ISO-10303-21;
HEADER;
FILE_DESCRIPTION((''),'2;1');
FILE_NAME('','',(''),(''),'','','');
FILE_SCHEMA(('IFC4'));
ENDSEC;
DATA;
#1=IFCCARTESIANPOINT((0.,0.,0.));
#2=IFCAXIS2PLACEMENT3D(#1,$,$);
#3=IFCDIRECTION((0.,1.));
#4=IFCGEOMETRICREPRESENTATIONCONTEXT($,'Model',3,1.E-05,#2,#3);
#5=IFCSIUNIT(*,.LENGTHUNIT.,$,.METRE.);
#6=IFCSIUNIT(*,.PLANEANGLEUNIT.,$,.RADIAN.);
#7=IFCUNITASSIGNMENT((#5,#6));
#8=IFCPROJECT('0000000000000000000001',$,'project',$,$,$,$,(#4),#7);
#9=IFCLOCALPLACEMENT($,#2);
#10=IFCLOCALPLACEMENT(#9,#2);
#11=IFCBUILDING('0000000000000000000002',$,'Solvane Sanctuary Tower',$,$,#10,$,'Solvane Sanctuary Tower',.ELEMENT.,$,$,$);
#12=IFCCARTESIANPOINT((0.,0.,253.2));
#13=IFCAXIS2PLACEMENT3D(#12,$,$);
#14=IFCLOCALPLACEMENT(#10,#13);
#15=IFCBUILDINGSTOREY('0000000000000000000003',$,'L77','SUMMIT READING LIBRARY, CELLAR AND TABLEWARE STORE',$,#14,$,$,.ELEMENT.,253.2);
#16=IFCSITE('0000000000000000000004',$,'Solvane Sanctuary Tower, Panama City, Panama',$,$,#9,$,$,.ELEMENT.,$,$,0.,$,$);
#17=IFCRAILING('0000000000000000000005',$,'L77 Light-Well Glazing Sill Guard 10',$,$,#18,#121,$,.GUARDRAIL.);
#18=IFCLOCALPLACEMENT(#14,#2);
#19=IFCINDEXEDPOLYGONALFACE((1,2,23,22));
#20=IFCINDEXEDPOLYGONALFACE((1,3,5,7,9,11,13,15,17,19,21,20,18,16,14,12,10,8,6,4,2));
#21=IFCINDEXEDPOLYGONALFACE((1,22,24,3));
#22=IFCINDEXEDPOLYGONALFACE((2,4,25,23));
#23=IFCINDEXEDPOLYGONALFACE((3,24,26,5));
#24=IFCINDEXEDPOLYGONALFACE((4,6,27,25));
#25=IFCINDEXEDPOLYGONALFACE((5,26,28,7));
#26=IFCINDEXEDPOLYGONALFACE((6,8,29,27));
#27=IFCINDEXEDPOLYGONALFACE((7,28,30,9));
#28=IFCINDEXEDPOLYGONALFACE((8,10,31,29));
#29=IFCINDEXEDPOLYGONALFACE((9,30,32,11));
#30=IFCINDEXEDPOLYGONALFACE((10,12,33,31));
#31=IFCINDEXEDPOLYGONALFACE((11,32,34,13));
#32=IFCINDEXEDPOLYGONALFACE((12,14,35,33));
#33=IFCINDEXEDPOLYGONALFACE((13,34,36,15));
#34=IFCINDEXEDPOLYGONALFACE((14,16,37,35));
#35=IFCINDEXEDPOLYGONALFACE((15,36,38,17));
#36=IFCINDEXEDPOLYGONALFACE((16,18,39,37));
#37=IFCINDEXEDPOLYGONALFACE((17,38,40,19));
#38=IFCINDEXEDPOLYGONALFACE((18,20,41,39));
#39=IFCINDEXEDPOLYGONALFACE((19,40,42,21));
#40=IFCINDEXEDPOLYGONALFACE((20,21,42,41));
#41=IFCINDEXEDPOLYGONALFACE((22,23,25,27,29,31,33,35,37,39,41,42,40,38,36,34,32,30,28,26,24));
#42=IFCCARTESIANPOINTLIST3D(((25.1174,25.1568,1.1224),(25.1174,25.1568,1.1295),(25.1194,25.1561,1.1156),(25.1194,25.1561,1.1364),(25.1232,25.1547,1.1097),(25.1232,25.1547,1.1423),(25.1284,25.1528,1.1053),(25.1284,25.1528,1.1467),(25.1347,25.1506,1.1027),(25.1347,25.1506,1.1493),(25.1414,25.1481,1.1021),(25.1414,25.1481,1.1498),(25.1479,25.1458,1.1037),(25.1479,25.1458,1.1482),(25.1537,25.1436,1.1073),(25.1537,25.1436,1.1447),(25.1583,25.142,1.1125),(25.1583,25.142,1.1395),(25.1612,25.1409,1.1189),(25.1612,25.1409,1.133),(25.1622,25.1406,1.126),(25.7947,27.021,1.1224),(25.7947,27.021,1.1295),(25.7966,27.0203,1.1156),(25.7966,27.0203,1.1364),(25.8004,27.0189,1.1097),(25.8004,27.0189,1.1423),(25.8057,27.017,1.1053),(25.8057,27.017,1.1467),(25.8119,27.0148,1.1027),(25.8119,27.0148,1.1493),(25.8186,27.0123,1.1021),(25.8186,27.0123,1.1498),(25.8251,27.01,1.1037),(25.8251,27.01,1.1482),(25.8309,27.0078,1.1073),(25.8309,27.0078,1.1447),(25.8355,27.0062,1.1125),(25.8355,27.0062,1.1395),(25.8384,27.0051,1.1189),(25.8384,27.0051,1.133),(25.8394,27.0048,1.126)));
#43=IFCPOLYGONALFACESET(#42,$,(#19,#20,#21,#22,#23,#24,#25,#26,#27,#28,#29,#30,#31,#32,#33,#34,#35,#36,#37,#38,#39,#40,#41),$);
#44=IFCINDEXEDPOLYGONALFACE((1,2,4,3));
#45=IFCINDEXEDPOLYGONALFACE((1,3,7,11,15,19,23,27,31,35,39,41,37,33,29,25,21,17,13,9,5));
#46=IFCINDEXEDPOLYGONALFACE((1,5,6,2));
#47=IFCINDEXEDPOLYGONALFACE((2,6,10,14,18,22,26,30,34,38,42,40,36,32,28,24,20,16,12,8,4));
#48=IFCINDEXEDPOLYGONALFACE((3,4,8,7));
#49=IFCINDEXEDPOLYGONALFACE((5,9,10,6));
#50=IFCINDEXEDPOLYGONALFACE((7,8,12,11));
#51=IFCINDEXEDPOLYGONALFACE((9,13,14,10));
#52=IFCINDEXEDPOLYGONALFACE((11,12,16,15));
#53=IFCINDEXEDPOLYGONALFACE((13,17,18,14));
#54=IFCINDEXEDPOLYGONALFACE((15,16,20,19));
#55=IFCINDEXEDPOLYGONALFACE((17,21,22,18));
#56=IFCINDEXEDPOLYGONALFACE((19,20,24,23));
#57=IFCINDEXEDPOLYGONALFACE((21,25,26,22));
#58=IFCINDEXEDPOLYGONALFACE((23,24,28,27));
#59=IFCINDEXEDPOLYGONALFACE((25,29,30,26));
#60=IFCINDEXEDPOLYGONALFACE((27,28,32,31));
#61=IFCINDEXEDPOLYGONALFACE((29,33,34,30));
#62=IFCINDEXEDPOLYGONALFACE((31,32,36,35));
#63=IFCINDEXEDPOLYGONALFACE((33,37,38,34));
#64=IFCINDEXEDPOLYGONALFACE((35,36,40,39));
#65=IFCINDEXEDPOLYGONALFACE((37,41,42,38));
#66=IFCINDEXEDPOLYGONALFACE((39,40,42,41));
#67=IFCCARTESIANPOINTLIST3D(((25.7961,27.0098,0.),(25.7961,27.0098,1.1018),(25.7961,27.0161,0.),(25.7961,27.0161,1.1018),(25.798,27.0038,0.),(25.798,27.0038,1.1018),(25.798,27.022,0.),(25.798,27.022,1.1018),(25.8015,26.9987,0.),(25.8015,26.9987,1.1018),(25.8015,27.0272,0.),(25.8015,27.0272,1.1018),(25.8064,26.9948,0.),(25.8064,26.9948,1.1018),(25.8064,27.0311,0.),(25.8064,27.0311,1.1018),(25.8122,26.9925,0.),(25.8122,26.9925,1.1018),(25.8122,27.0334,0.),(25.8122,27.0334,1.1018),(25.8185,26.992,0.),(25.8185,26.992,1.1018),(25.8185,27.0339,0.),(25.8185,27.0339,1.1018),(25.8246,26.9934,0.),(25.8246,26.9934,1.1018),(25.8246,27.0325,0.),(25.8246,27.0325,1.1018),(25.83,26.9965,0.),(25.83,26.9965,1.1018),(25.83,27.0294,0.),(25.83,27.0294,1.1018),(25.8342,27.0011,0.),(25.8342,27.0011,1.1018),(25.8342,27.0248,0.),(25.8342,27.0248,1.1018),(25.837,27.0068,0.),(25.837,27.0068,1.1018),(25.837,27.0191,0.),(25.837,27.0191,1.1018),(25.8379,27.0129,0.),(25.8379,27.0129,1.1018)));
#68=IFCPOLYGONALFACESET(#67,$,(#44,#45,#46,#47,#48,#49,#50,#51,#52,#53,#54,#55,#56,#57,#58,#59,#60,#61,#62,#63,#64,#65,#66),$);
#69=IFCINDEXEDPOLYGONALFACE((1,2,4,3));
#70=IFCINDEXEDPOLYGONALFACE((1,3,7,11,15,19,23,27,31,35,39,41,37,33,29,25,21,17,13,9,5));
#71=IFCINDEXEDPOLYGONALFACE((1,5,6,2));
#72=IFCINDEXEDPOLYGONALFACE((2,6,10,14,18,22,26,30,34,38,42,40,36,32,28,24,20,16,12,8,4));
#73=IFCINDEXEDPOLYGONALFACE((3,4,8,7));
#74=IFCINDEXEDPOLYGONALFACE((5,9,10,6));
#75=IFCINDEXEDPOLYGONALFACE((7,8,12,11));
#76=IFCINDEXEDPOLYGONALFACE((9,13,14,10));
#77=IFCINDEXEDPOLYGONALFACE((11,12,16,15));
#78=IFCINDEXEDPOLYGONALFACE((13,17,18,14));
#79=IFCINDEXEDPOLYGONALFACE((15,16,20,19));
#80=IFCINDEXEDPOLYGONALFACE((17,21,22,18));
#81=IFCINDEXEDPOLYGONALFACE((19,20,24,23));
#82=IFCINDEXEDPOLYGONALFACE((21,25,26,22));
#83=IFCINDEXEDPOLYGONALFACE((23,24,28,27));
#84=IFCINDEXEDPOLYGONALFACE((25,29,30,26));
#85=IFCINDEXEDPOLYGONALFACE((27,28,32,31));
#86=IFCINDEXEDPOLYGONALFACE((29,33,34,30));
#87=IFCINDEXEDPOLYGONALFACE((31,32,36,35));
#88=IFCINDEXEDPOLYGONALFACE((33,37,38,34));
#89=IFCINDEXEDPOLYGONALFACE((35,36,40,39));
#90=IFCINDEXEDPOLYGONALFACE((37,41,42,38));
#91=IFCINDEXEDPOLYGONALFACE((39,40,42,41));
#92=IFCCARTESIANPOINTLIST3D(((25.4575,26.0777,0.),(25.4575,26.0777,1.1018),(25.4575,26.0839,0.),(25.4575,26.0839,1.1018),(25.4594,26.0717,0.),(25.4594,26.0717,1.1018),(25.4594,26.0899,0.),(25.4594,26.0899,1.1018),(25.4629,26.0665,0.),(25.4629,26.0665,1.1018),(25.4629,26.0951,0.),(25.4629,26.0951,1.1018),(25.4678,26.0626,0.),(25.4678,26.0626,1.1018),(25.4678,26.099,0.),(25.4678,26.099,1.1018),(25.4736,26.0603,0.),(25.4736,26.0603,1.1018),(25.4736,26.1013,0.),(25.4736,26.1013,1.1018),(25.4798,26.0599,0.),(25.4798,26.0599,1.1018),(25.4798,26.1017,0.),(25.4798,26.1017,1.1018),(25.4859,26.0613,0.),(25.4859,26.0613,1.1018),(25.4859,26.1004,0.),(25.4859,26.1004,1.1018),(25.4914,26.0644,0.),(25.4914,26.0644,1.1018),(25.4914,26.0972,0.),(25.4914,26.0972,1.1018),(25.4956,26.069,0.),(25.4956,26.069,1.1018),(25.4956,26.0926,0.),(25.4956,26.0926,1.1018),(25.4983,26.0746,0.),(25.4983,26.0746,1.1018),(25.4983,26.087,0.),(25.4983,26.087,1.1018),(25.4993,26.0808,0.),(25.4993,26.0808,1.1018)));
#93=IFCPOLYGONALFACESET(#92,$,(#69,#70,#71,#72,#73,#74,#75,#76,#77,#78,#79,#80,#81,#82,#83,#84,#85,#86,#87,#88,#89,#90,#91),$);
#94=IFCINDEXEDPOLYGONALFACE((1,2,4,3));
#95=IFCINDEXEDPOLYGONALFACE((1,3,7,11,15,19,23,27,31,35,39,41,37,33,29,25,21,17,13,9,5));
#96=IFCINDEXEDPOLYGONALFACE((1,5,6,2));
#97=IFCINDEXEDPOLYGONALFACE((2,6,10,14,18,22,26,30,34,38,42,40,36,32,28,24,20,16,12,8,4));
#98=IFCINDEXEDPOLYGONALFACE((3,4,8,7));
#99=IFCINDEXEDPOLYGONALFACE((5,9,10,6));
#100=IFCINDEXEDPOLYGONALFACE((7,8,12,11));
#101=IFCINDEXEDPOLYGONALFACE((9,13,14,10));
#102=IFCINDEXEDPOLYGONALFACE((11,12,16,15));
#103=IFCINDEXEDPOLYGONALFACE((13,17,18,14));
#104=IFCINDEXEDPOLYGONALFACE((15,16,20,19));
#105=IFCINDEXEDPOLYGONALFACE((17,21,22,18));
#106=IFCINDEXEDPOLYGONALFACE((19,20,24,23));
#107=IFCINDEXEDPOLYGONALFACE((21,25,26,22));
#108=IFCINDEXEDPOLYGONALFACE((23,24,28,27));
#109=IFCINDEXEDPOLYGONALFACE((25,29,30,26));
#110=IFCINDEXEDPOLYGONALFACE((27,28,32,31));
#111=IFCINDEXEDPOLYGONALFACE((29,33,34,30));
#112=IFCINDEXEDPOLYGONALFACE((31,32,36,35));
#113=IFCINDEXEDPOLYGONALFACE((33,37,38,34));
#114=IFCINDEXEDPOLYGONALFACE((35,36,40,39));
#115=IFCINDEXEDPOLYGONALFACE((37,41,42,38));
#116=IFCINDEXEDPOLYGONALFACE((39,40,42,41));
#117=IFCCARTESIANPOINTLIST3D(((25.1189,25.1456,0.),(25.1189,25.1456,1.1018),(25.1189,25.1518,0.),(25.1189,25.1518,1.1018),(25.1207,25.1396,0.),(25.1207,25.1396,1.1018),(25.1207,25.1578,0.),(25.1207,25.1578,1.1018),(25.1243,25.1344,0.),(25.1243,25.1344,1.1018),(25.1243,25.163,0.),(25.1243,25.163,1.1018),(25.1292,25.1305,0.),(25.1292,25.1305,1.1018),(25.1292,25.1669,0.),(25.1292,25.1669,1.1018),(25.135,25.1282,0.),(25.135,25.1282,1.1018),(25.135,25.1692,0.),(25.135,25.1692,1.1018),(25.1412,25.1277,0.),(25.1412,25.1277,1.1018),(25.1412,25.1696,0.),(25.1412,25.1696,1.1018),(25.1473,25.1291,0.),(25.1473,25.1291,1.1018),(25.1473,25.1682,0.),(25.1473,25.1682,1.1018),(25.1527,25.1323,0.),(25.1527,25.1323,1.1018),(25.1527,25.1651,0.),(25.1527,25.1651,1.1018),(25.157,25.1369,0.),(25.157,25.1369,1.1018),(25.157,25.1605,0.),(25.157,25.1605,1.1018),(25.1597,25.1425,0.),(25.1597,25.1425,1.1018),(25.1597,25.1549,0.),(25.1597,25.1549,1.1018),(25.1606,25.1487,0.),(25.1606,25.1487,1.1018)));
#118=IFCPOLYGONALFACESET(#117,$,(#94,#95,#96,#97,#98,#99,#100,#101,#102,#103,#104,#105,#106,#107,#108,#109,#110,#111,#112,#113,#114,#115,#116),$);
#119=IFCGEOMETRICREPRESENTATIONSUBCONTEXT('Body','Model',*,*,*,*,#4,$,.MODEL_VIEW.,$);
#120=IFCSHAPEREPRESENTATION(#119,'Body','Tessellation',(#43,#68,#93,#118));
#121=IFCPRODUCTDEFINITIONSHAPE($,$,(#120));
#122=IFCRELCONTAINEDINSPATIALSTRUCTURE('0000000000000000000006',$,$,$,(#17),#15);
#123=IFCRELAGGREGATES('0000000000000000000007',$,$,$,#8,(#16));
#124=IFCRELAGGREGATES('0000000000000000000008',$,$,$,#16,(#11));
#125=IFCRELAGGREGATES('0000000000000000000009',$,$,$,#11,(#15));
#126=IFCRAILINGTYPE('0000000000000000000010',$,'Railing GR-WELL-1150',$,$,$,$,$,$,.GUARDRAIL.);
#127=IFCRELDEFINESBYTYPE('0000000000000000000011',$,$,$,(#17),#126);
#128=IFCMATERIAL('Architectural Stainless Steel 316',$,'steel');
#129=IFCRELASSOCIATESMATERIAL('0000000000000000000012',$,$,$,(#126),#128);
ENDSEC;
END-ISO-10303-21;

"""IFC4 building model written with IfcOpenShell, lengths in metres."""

from ifc_helpers import new_model, si_unit, direction, frame, origin, origin_2d, place, context, subcontext, project, spatial, circle, extrude, material, type_object, element, save


model = new_model("IFC4")

# Units and contexts
model_context = context("Model", 3, precision=1e-05, world=origin(), true_north=direction((0.0, 1.0)))
body_context = subcontext(model_context, "Body", "Model", "MODEL_VIEW")
ifc_project = project(units=[si_unit("LENGTHUNIT", "METRE"), si_unit("PLANEANGLEUNIT", "RADIAN")], contexts=[model_context])

# Site, building, storey
site_placement = place(None, origin())
site = spatial("IfcSite", under=ifc_project, at=site_placement, Name="Solvane Sanctuary Tower, Panama City, Panama", CompositionType="ELEMENT", RefElevation=0.0)
building_placement = place(site_placement, origin())
building = spatial("IfcBuilding", under=site, at=building_placement, Name="Solvane Sanctuary Tower", LongName="Solvane Sanctuary Tower", CompositionType="ELEMENT")
storey_placement = place(building_placement, frame((0.0, 0.0, 253.2)))
storey = spatial("IfcBuildingStorey", under=building, at=storey_placement, Name="L77", Description="SUMMIT READING LIBRARY, CELLAR AND TABLEWARE STORE", CompositionType="ELEMENT", Elevation=253.2)

# Shared definitions
ifc_material_1 = material(Name="Architectural Stainless Steel 316", Category="steel")

# Railing
railing_type = type_object("IfcRailingType", Name="Railing GR-WELL-1150", PredefinedType="GUARDRAIL", material=ifc_material_1)
railing_placement = place(storey_placement, frame((25.8169, 27.0129, 0.0)))
element("IfcRailing", 1, at=railing_placement, inside=storey, type_object=railing_type, Name="L77 Light-Well Glazing Sill Guard 10", PredefinedType="GUARDRAIL", context=body_context, shape_type="SweptSolid", body=[
    extrude(circle(Radius=0.0239, at=origin_2d()), frame((0.0, 0.0, 1.126), z_axis=(-0.341447, -0.939901, 0.0), x_axis=(0.939901, -0.341447, 0.0)), (0.0, 0.0, 1.0), 1.9834),
    extrude(circle(Radius=0.021, at=origin_2d()), origin(), (0.0, 0.0, 1.0), 1.1018),
    extrude(circle(Radius=0.021, at=origin_2d()), frame((-0.3386, -0.9321, 0.0)), (0.0, 0.0, 1.0), 1.1018),
    extrude(circle(Radius=0.021, at=origin_2d()), frame((-0.6772, -1.8643, 0.0)), (0.0, 0.0, 1.0), 1.1018),
])

save(model, "model.ifc")
